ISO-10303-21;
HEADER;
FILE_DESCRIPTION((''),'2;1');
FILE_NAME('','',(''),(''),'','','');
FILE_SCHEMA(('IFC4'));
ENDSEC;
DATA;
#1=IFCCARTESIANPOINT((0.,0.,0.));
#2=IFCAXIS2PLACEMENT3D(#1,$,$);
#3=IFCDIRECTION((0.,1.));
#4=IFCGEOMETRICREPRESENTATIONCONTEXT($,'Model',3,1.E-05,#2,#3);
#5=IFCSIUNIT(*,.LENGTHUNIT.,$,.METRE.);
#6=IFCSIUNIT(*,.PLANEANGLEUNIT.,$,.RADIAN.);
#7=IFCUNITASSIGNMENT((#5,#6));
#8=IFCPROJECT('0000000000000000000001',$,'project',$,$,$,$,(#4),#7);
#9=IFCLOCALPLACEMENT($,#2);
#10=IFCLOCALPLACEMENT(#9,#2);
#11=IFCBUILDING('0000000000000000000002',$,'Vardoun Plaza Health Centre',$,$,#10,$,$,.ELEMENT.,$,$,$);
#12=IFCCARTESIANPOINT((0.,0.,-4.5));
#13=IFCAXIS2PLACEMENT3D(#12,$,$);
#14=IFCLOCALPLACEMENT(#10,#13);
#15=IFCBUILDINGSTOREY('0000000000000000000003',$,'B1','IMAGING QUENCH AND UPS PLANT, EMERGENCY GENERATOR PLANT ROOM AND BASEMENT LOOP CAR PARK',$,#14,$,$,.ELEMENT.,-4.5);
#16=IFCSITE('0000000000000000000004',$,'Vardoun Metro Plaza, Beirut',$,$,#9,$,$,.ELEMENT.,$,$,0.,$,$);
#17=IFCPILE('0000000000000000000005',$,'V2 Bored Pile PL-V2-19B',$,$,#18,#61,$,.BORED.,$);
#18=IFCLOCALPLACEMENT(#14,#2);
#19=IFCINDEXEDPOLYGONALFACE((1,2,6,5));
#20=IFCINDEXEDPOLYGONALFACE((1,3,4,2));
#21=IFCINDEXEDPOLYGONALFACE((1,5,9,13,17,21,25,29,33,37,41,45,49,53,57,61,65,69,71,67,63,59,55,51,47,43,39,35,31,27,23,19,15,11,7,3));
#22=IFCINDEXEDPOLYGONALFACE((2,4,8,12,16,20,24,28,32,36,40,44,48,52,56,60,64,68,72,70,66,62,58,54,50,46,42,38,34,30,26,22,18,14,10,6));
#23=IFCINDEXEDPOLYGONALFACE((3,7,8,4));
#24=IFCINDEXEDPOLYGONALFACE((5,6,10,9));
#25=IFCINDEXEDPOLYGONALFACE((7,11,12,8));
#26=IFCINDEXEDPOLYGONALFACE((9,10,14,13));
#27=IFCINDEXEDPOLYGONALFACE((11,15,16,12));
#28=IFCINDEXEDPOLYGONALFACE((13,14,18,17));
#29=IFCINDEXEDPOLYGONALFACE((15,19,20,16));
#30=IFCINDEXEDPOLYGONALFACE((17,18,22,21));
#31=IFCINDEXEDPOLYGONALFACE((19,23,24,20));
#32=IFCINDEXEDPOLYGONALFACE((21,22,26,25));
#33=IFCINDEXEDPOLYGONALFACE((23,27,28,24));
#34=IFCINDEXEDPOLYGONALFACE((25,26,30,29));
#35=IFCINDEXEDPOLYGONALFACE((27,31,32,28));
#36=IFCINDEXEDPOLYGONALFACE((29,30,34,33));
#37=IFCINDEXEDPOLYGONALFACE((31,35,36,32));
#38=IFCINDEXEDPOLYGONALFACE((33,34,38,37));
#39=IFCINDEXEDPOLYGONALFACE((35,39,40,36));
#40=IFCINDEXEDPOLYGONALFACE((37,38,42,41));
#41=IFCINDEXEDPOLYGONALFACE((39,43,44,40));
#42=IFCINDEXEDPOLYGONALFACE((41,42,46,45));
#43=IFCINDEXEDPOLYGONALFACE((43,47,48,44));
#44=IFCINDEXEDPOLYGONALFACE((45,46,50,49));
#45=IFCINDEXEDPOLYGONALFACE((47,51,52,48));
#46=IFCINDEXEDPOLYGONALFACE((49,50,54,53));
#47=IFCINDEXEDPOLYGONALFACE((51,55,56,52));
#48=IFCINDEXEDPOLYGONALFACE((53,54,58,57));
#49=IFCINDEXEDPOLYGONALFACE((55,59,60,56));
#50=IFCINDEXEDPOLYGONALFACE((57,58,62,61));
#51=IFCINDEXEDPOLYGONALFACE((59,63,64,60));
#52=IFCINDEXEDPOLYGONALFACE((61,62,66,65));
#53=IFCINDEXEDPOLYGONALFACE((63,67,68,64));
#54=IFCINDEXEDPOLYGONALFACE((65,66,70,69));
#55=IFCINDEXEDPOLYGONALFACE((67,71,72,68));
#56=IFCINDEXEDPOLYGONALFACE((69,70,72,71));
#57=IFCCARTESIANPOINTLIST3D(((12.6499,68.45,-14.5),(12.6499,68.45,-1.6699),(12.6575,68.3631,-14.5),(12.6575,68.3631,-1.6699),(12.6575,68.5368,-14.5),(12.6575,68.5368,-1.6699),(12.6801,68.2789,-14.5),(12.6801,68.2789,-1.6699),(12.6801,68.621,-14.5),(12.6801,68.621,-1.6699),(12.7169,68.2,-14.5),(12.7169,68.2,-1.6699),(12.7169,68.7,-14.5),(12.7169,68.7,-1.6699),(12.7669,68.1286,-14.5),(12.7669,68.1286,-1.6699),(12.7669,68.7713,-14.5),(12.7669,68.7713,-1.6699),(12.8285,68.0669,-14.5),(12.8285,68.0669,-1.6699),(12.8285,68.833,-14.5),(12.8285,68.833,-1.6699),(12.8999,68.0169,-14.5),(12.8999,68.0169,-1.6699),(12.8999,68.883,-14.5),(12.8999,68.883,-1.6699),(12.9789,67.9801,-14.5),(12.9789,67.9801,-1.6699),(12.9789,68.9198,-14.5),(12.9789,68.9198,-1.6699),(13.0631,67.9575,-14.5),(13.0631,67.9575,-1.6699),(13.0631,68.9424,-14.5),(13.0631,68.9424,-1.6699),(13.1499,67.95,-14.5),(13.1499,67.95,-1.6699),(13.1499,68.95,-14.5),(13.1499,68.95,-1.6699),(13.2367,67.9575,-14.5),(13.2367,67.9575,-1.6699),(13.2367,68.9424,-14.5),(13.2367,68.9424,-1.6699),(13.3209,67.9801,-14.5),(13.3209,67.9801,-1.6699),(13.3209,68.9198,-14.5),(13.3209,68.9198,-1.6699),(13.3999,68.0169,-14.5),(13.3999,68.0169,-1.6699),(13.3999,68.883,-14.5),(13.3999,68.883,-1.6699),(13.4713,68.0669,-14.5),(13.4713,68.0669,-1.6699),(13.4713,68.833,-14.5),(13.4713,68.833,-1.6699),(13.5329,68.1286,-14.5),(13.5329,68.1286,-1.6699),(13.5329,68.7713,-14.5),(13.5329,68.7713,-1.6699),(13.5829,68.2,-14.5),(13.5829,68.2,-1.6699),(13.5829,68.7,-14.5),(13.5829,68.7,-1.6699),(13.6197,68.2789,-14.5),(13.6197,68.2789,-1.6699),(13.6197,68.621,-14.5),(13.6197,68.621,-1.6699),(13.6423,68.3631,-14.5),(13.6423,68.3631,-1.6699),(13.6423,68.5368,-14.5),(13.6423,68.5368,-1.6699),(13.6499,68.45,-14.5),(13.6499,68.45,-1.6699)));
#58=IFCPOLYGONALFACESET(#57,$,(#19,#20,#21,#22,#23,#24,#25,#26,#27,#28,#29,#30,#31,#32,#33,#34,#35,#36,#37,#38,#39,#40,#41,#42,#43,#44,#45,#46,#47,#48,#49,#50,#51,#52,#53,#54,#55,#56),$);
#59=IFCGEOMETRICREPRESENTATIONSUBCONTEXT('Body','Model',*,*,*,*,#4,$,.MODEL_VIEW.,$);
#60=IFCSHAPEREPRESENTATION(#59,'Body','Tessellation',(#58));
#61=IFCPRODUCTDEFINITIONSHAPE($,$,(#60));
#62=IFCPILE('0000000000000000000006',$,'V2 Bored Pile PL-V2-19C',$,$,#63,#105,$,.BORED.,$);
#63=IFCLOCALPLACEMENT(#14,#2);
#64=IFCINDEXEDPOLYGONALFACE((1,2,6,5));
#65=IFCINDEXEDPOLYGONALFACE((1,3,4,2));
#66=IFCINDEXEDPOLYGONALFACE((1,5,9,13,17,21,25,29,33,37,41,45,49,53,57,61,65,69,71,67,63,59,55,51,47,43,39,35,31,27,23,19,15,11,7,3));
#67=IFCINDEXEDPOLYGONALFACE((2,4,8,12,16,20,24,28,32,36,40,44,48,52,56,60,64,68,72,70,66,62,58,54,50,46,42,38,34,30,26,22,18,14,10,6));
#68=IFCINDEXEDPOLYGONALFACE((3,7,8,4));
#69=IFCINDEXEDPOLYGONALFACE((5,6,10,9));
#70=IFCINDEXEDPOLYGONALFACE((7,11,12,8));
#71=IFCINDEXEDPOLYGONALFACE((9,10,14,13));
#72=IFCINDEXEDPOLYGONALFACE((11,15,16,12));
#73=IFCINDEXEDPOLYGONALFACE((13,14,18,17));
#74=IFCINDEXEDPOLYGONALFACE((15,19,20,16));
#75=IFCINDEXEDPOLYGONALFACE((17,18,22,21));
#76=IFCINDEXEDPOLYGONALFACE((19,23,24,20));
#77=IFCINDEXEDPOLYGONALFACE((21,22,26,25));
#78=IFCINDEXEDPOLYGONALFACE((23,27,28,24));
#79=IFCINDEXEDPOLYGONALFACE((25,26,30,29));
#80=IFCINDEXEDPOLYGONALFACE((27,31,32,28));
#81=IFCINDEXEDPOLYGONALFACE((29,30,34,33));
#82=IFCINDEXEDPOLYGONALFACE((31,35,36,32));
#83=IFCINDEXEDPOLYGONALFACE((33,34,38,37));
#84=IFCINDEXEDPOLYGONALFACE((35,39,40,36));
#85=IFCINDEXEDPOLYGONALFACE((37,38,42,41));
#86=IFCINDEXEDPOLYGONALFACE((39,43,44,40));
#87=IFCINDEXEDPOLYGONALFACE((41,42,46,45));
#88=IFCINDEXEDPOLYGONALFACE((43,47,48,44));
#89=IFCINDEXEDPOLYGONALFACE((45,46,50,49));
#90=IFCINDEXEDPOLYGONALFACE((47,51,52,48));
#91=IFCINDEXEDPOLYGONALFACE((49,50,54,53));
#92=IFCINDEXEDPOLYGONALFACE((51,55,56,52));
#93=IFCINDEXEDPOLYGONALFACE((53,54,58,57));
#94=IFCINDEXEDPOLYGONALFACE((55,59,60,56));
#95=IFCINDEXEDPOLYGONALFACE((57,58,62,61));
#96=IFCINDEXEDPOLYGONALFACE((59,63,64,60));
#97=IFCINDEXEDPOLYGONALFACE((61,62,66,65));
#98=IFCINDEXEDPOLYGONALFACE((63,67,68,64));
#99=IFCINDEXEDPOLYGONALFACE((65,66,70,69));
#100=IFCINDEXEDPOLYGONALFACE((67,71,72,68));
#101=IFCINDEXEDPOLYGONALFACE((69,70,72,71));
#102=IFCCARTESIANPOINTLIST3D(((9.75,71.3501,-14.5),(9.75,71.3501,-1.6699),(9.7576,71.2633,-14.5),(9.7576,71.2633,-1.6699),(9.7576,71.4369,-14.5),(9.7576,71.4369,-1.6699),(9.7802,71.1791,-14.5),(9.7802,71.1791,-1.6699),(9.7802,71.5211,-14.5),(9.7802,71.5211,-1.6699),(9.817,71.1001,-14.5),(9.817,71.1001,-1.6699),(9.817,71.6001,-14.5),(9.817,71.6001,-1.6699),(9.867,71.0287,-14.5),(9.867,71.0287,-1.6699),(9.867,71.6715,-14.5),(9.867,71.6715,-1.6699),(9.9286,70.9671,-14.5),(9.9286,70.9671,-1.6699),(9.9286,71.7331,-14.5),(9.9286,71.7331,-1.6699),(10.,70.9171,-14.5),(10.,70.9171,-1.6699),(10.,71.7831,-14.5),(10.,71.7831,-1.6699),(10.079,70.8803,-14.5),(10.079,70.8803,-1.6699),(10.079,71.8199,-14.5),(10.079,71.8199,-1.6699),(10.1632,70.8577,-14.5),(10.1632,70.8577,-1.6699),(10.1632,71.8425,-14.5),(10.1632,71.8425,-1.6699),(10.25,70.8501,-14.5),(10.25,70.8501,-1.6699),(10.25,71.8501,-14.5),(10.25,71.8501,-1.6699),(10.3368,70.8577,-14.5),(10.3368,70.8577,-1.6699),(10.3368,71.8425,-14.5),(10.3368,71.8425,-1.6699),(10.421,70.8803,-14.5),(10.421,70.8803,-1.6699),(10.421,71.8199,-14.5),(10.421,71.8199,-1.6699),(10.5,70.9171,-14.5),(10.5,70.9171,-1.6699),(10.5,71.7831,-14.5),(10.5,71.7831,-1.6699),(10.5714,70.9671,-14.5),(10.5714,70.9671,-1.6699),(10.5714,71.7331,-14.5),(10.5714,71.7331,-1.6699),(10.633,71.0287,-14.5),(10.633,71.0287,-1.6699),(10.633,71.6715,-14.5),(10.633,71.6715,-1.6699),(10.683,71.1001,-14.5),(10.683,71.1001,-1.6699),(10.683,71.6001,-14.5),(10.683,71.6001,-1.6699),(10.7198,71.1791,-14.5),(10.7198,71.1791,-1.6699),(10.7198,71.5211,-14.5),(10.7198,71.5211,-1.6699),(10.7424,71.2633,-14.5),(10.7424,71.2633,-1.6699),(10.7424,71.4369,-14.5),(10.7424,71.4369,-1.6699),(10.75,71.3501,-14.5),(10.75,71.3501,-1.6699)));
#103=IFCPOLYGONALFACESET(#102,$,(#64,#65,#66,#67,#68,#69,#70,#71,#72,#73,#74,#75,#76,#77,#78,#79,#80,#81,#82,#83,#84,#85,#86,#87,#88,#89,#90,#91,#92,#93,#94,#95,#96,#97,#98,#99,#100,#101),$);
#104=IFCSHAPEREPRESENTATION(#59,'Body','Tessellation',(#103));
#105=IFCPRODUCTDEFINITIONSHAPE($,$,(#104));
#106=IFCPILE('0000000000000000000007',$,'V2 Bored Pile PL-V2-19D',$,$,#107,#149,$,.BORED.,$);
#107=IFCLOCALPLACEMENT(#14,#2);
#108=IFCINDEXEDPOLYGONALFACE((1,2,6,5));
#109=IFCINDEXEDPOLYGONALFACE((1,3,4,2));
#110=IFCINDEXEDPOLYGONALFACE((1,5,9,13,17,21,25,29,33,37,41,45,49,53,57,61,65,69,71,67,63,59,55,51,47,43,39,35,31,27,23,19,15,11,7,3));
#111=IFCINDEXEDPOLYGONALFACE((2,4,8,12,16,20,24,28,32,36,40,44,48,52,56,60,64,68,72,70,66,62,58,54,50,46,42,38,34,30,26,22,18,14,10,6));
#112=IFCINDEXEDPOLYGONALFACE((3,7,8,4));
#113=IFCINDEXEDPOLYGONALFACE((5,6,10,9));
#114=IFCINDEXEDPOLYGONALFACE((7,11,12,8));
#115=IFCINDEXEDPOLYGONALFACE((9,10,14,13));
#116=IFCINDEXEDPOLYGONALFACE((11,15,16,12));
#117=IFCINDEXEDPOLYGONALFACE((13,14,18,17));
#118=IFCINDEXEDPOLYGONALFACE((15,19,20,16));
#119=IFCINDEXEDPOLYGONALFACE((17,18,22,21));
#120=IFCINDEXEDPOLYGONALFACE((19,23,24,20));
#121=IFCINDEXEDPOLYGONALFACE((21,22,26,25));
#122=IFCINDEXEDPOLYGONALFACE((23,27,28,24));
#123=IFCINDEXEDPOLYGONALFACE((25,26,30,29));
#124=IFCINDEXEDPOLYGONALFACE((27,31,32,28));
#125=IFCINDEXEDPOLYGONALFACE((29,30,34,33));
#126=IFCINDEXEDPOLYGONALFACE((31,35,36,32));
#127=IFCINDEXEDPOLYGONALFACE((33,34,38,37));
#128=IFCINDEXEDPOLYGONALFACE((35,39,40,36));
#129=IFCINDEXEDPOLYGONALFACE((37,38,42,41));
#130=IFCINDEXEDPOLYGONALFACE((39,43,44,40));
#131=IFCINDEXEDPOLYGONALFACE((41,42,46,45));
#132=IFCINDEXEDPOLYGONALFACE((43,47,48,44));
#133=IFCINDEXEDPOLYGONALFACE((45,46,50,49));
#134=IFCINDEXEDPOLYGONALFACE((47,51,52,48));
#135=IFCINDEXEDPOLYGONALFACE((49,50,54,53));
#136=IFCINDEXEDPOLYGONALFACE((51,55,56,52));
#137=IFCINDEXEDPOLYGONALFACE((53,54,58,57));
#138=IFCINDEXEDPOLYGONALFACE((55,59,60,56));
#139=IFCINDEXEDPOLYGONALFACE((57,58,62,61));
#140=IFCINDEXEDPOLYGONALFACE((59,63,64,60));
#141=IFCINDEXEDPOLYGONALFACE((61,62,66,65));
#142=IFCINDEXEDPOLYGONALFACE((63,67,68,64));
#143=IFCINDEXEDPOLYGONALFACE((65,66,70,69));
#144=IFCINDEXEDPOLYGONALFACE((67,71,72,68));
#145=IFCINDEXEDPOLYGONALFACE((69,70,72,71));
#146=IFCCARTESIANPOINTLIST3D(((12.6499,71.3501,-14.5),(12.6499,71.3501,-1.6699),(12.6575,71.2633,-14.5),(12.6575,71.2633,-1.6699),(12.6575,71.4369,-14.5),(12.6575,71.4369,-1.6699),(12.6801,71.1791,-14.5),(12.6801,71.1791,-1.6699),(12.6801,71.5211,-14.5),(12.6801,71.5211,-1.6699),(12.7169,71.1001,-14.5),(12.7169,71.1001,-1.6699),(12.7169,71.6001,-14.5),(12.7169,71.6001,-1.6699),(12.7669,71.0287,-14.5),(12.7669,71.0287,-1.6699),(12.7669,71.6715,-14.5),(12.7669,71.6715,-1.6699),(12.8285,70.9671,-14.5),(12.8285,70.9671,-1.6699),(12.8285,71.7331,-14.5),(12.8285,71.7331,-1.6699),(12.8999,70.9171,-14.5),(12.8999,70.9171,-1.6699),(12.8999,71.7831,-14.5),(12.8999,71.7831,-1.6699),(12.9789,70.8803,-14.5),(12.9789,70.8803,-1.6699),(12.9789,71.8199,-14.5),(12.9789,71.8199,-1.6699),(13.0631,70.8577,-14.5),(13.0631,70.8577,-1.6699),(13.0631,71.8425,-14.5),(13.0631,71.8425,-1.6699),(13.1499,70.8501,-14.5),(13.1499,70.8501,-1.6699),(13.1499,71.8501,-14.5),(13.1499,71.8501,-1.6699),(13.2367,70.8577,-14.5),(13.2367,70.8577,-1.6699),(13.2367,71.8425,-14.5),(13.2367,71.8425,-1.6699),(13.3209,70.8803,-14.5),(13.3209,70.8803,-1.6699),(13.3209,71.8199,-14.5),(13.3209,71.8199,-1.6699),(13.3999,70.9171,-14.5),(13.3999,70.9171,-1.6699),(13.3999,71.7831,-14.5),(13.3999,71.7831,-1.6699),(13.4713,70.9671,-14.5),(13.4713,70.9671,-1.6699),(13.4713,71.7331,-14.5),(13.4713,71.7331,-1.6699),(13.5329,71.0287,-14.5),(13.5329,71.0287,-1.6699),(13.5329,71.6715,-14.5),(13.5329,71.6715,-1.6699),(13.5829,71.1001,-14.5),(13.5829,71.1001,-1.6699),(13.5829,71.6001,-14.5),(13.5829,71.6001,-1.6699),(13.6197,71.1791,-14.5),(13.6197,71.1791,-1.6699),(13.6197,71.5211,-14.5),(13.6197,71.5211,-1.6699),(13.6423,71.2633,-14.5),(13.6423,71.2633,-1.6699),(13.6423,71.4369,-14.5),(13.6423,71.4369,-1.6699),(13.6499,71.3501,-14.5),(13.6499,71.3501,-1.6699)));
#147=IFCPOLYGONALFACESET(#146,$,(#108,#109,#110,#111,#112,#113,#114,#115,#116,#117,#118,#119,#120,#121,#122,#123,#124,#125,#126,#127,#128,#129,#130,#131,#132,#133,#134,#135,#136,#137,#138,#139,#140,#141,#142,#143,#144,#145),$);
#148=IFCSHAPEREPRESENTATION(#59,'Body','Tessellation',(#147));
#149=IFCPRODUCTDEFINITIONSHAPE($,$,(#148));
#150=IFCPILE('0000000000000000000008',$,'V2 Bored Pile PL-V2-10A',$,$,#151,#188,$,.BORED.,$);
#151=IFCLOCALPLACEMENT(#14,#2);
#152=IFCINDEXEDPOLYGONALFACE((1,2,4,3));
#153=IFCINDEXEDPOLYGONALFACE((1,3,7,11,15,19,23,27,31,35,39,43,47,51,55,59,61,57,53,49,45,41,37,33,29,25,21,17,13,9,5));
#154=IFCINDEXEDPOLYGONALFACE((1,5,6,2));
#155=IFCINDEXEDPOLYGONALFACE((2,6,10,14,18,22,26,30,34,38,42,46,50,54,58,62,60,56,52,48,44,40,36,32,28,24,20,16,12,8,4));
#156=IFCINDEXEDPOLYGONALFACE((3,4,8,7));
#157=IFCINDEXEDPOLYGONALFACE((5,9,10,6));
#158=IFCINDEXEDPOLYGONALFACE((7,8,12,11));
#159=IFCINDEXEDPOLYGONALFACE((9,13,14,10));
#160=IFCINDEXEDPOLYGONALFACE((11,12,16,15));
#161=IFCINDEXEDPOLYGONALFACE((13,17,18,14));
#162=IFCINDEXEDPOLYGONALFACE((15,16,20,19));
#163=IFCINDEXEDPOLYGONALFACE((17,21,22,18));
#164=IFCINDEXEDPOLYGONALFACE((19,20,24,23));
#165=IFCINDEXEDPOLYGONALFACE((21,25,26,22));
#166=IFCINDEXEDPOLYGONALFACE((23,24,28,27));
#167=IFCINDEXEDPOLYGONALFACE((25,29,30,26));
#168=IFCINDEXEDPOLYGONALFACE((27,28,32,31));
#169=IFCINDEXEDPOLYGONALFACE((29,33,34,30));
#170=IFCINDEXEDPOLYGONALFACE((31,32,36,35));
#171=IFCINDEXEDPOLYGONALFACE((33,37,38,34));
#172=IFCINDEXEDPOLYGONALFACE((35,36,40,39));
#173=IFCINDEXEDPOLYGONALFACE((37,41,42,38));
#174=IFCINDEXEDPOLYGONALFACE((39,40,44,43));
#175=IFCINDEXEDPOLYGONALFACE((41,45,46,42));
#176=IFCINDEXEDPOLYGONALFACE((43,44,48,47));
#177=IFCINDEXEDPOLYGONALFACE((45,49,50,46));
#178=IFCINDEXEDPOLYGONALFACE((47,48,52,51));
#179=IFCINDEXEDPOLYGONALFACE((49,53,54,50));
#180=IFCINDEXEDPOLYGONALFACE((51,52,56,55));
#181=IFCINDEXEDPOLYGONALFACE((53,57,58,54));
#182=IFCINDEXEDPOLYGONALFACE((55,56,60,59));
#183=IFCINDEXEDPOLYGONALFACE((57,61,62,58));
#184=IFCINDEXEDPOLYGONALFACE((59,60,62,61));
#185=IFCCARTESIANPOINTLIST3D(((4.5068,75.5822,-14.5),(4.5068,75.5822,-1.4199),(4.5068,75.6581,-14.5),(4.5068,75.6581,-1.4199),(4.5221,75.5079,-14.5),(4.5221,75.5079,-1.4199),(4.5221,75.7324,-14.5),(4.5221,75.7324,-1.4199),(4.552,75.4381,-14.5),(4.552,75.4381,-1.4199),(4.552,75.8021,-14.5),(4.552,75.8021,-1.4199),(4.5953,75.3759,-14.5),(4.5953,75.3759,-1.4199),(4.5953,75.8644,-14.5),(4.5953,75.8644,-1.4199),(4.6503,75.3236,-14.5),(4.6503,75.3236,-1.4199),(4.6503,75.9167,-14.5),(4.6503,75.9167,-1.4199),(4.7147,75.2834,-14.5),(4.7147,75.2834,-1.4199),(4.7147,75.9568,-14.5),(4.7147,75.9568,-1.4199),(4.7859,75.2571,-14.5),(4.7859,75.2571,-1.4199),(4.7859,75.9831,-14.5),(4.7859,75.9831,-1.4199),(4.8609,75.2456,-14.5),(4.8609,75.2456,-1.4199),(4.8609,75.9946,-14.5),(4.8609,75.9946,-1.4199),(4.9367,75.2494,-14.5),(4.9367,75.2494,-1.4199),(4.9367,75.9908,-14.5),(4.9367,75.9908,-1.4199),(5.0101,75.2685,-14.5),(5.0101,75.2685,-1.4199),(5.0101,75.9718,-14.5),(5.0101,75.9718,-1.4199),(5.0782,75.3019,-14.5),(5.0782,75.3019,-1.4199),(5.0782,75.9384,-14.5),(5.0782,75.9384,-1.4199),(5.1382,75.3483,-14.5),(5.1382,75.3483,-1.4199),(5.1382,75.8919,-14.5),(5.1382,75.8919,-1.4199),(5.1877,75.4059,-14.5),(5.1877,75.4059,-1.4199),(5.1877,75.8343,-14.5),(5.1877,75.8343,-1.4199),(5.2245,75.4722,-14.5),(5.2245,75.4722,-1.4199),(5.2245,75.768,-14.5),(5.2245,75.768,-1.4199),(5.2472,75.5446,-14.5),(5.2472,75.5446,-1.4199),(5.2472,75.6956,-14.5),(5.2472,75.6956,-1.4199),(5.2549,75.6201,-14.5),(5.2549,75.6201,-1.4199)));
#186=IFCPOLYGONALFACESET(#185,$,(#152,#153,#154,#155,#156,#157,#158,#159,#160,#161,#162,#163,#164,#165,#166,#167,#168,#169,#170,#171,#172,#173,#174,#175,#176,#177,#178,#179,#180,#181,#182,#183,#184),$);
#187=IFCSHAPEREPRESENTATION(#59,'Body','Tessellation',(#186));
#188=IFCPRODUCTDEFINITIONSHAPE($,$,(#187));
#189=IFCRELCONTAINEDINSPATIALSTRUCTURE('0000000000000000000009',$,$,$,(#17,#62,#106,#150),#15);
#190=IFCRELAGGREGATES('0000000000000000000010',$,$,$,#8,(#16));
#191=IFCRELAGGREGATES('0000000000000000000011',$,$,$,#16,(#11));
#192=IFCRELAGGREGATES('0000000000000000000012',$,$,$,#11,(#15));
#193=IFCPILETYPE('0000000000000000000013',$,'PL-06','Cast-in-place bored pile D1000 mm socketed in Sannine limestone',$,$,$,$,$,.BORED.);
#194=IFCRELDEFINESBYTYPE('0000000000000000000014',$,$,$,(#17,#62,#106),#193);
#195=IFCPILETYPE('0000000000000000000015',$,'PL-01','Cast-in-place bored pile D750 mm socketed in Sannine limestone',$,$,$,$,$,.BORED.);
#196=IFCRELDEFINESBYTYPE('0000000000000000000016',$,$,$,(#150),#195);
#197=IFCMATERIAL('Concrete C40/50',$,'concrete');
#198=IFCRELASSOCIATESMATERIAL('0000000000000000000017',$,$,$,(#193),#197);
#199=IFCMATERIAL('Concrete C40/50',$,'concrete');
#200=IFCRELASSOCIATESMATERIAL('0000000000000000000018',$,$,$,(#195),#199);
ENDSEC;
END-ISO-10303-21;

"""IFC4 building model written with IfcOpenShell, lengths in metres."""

from ifc_helpers import new_model, si_unit, direction, frame, origin, origin_2d, place, context, subcontext, project, spatial, circle, extrude, material, material_profile, profile_set, type_object, element, save


model = new_model("IFC4")

# Units and contexts
model_context = context("Model", 3, precision=1e-05, world=origin(), true_north=direction((0.0, 1.0)))
body_context = subcontext(model_context, "Body", "Model", "MODEL_VIEW")
ifc_project = project(units=[si_unit("LENGTHUNIT", "METRE"), si_unit("PLANEANGLEUNIT", "RADIAN")], contexts=[model_context])

# Site, building, storey
site_placement = place(None, origin())
site = spatial("IfcSite", under=ifc_project, at=site_placement, Name="Vardoun Metro Plaza, Beirut", CompositionType="ELEMENT", RefElevation=0.0)
building_placement = place(site_placement, origin())
building = spatial("IfcBuilding", under=site, at=building_placement, Name="Vardoun Plaza Health Centre", CompositionType="ELEMENT")
storey_placement = place(building_placement, frame((0.0, 0.0, -4.5)))
storey = spatial("IfcBuildingStorey", under=building, at=storey_placement, Name="B1", Description="IMAGING QUENCH AND UPS PLANT, EMERGENCY GENERATOR PLANT ROOM AND BASEMENT LOOP CAR PARK", CompositionType="ELEMENT", Elevation=-4.5)

# Piles
ifc_material_1 = material(Name="Concrete C40/50", Category="concrete")
ifc_material_profile_1 = material_profile(ifc_material_1, circle(Radius=0.5, at=origin_2d()), Name="PILE D1000")
ifc_profile_set_1 = profile_set([ifc_material_profile_1], Name="Concrete C40/50")
pile_type_1 = type_object("IfcPileType", Name="PL-06", Description="Cast-in-place bored pile D1000 mm socketed in Sannine limestone", PredefinedType="BORED", material=ifc_profile_set_1)
for number, where, z_axis, x_axis, name in (
    (1, (13.1499, 68.45, -1.6699), (0.0, 0.0, -1.0), (1.0, 0.0, 0.0), "V2 Bored Pile PL-V2-19B"),
    (2, (10.25, 71.3501, -1.6699), (0.0, 0.0, -1.0), (1.0, 0.0, 0.0), "V2 Bored Pile PL-V2-19C"),
    (3, (13.1499, 71.3501, -1.6699), (0.0, 0.0, -1.0), (1.0, 0.0, 0.0), "V2 Bored Pile PL-V2-19D"),
):
    element("IfcPile", number, at=place(storey_placement, frame(where, z_axis=z_axis, x_axis=x_axis)), inside=storey, type_object=pile_type_1, Name=name, PredefinedType="BORED", context=body_context, shape_type="SweptSolid", body=[
        extrude(circle(Radius=0.5, at=origin_2d()), origin(), (0.0, 0.0, 1.0), 12.8301),
    ])
ifc_material_2 = material(Name="Concrete C40/50", Category="concrete")
ifc_material_profile_2 = material_profile(ifc_material_2, circle(Radius=0.375, at=origin_2d()), Name="PILE D750")
ifc_profile_set_2 = profile_set([ifc_material_profile_2], Name="Concrete C40/50")
pile_type_2 = type_object("IfcPileType", Name="PL-01", Description="Cast-in-place bored pile D750 mm socketed in Sannine limestone", PredefinedType="BORED", material=ifc_profile_set_2)
pile_1_placement = place(storey_placement, frame((4.8799, 75.6201, -1.4199), z_axis=(0.0, 0.0, -1.0), x_axis=(1.0, 0.0, 0.0)))
element("IfcPile", 4, at=pile_1_placement, inside=storey, type_object=pile_type_2, Name="V2 Bored Pile PL-V2-10A", PredefinedType="BORED", context=body_context, shape_type="SweptSolid", body=[
    extrude(circle(Radius=0.375, at=origin_2d()), origin(), (0.0, 0.0, 1.0), 13.0801),
])

save(model, "model.ifc")
